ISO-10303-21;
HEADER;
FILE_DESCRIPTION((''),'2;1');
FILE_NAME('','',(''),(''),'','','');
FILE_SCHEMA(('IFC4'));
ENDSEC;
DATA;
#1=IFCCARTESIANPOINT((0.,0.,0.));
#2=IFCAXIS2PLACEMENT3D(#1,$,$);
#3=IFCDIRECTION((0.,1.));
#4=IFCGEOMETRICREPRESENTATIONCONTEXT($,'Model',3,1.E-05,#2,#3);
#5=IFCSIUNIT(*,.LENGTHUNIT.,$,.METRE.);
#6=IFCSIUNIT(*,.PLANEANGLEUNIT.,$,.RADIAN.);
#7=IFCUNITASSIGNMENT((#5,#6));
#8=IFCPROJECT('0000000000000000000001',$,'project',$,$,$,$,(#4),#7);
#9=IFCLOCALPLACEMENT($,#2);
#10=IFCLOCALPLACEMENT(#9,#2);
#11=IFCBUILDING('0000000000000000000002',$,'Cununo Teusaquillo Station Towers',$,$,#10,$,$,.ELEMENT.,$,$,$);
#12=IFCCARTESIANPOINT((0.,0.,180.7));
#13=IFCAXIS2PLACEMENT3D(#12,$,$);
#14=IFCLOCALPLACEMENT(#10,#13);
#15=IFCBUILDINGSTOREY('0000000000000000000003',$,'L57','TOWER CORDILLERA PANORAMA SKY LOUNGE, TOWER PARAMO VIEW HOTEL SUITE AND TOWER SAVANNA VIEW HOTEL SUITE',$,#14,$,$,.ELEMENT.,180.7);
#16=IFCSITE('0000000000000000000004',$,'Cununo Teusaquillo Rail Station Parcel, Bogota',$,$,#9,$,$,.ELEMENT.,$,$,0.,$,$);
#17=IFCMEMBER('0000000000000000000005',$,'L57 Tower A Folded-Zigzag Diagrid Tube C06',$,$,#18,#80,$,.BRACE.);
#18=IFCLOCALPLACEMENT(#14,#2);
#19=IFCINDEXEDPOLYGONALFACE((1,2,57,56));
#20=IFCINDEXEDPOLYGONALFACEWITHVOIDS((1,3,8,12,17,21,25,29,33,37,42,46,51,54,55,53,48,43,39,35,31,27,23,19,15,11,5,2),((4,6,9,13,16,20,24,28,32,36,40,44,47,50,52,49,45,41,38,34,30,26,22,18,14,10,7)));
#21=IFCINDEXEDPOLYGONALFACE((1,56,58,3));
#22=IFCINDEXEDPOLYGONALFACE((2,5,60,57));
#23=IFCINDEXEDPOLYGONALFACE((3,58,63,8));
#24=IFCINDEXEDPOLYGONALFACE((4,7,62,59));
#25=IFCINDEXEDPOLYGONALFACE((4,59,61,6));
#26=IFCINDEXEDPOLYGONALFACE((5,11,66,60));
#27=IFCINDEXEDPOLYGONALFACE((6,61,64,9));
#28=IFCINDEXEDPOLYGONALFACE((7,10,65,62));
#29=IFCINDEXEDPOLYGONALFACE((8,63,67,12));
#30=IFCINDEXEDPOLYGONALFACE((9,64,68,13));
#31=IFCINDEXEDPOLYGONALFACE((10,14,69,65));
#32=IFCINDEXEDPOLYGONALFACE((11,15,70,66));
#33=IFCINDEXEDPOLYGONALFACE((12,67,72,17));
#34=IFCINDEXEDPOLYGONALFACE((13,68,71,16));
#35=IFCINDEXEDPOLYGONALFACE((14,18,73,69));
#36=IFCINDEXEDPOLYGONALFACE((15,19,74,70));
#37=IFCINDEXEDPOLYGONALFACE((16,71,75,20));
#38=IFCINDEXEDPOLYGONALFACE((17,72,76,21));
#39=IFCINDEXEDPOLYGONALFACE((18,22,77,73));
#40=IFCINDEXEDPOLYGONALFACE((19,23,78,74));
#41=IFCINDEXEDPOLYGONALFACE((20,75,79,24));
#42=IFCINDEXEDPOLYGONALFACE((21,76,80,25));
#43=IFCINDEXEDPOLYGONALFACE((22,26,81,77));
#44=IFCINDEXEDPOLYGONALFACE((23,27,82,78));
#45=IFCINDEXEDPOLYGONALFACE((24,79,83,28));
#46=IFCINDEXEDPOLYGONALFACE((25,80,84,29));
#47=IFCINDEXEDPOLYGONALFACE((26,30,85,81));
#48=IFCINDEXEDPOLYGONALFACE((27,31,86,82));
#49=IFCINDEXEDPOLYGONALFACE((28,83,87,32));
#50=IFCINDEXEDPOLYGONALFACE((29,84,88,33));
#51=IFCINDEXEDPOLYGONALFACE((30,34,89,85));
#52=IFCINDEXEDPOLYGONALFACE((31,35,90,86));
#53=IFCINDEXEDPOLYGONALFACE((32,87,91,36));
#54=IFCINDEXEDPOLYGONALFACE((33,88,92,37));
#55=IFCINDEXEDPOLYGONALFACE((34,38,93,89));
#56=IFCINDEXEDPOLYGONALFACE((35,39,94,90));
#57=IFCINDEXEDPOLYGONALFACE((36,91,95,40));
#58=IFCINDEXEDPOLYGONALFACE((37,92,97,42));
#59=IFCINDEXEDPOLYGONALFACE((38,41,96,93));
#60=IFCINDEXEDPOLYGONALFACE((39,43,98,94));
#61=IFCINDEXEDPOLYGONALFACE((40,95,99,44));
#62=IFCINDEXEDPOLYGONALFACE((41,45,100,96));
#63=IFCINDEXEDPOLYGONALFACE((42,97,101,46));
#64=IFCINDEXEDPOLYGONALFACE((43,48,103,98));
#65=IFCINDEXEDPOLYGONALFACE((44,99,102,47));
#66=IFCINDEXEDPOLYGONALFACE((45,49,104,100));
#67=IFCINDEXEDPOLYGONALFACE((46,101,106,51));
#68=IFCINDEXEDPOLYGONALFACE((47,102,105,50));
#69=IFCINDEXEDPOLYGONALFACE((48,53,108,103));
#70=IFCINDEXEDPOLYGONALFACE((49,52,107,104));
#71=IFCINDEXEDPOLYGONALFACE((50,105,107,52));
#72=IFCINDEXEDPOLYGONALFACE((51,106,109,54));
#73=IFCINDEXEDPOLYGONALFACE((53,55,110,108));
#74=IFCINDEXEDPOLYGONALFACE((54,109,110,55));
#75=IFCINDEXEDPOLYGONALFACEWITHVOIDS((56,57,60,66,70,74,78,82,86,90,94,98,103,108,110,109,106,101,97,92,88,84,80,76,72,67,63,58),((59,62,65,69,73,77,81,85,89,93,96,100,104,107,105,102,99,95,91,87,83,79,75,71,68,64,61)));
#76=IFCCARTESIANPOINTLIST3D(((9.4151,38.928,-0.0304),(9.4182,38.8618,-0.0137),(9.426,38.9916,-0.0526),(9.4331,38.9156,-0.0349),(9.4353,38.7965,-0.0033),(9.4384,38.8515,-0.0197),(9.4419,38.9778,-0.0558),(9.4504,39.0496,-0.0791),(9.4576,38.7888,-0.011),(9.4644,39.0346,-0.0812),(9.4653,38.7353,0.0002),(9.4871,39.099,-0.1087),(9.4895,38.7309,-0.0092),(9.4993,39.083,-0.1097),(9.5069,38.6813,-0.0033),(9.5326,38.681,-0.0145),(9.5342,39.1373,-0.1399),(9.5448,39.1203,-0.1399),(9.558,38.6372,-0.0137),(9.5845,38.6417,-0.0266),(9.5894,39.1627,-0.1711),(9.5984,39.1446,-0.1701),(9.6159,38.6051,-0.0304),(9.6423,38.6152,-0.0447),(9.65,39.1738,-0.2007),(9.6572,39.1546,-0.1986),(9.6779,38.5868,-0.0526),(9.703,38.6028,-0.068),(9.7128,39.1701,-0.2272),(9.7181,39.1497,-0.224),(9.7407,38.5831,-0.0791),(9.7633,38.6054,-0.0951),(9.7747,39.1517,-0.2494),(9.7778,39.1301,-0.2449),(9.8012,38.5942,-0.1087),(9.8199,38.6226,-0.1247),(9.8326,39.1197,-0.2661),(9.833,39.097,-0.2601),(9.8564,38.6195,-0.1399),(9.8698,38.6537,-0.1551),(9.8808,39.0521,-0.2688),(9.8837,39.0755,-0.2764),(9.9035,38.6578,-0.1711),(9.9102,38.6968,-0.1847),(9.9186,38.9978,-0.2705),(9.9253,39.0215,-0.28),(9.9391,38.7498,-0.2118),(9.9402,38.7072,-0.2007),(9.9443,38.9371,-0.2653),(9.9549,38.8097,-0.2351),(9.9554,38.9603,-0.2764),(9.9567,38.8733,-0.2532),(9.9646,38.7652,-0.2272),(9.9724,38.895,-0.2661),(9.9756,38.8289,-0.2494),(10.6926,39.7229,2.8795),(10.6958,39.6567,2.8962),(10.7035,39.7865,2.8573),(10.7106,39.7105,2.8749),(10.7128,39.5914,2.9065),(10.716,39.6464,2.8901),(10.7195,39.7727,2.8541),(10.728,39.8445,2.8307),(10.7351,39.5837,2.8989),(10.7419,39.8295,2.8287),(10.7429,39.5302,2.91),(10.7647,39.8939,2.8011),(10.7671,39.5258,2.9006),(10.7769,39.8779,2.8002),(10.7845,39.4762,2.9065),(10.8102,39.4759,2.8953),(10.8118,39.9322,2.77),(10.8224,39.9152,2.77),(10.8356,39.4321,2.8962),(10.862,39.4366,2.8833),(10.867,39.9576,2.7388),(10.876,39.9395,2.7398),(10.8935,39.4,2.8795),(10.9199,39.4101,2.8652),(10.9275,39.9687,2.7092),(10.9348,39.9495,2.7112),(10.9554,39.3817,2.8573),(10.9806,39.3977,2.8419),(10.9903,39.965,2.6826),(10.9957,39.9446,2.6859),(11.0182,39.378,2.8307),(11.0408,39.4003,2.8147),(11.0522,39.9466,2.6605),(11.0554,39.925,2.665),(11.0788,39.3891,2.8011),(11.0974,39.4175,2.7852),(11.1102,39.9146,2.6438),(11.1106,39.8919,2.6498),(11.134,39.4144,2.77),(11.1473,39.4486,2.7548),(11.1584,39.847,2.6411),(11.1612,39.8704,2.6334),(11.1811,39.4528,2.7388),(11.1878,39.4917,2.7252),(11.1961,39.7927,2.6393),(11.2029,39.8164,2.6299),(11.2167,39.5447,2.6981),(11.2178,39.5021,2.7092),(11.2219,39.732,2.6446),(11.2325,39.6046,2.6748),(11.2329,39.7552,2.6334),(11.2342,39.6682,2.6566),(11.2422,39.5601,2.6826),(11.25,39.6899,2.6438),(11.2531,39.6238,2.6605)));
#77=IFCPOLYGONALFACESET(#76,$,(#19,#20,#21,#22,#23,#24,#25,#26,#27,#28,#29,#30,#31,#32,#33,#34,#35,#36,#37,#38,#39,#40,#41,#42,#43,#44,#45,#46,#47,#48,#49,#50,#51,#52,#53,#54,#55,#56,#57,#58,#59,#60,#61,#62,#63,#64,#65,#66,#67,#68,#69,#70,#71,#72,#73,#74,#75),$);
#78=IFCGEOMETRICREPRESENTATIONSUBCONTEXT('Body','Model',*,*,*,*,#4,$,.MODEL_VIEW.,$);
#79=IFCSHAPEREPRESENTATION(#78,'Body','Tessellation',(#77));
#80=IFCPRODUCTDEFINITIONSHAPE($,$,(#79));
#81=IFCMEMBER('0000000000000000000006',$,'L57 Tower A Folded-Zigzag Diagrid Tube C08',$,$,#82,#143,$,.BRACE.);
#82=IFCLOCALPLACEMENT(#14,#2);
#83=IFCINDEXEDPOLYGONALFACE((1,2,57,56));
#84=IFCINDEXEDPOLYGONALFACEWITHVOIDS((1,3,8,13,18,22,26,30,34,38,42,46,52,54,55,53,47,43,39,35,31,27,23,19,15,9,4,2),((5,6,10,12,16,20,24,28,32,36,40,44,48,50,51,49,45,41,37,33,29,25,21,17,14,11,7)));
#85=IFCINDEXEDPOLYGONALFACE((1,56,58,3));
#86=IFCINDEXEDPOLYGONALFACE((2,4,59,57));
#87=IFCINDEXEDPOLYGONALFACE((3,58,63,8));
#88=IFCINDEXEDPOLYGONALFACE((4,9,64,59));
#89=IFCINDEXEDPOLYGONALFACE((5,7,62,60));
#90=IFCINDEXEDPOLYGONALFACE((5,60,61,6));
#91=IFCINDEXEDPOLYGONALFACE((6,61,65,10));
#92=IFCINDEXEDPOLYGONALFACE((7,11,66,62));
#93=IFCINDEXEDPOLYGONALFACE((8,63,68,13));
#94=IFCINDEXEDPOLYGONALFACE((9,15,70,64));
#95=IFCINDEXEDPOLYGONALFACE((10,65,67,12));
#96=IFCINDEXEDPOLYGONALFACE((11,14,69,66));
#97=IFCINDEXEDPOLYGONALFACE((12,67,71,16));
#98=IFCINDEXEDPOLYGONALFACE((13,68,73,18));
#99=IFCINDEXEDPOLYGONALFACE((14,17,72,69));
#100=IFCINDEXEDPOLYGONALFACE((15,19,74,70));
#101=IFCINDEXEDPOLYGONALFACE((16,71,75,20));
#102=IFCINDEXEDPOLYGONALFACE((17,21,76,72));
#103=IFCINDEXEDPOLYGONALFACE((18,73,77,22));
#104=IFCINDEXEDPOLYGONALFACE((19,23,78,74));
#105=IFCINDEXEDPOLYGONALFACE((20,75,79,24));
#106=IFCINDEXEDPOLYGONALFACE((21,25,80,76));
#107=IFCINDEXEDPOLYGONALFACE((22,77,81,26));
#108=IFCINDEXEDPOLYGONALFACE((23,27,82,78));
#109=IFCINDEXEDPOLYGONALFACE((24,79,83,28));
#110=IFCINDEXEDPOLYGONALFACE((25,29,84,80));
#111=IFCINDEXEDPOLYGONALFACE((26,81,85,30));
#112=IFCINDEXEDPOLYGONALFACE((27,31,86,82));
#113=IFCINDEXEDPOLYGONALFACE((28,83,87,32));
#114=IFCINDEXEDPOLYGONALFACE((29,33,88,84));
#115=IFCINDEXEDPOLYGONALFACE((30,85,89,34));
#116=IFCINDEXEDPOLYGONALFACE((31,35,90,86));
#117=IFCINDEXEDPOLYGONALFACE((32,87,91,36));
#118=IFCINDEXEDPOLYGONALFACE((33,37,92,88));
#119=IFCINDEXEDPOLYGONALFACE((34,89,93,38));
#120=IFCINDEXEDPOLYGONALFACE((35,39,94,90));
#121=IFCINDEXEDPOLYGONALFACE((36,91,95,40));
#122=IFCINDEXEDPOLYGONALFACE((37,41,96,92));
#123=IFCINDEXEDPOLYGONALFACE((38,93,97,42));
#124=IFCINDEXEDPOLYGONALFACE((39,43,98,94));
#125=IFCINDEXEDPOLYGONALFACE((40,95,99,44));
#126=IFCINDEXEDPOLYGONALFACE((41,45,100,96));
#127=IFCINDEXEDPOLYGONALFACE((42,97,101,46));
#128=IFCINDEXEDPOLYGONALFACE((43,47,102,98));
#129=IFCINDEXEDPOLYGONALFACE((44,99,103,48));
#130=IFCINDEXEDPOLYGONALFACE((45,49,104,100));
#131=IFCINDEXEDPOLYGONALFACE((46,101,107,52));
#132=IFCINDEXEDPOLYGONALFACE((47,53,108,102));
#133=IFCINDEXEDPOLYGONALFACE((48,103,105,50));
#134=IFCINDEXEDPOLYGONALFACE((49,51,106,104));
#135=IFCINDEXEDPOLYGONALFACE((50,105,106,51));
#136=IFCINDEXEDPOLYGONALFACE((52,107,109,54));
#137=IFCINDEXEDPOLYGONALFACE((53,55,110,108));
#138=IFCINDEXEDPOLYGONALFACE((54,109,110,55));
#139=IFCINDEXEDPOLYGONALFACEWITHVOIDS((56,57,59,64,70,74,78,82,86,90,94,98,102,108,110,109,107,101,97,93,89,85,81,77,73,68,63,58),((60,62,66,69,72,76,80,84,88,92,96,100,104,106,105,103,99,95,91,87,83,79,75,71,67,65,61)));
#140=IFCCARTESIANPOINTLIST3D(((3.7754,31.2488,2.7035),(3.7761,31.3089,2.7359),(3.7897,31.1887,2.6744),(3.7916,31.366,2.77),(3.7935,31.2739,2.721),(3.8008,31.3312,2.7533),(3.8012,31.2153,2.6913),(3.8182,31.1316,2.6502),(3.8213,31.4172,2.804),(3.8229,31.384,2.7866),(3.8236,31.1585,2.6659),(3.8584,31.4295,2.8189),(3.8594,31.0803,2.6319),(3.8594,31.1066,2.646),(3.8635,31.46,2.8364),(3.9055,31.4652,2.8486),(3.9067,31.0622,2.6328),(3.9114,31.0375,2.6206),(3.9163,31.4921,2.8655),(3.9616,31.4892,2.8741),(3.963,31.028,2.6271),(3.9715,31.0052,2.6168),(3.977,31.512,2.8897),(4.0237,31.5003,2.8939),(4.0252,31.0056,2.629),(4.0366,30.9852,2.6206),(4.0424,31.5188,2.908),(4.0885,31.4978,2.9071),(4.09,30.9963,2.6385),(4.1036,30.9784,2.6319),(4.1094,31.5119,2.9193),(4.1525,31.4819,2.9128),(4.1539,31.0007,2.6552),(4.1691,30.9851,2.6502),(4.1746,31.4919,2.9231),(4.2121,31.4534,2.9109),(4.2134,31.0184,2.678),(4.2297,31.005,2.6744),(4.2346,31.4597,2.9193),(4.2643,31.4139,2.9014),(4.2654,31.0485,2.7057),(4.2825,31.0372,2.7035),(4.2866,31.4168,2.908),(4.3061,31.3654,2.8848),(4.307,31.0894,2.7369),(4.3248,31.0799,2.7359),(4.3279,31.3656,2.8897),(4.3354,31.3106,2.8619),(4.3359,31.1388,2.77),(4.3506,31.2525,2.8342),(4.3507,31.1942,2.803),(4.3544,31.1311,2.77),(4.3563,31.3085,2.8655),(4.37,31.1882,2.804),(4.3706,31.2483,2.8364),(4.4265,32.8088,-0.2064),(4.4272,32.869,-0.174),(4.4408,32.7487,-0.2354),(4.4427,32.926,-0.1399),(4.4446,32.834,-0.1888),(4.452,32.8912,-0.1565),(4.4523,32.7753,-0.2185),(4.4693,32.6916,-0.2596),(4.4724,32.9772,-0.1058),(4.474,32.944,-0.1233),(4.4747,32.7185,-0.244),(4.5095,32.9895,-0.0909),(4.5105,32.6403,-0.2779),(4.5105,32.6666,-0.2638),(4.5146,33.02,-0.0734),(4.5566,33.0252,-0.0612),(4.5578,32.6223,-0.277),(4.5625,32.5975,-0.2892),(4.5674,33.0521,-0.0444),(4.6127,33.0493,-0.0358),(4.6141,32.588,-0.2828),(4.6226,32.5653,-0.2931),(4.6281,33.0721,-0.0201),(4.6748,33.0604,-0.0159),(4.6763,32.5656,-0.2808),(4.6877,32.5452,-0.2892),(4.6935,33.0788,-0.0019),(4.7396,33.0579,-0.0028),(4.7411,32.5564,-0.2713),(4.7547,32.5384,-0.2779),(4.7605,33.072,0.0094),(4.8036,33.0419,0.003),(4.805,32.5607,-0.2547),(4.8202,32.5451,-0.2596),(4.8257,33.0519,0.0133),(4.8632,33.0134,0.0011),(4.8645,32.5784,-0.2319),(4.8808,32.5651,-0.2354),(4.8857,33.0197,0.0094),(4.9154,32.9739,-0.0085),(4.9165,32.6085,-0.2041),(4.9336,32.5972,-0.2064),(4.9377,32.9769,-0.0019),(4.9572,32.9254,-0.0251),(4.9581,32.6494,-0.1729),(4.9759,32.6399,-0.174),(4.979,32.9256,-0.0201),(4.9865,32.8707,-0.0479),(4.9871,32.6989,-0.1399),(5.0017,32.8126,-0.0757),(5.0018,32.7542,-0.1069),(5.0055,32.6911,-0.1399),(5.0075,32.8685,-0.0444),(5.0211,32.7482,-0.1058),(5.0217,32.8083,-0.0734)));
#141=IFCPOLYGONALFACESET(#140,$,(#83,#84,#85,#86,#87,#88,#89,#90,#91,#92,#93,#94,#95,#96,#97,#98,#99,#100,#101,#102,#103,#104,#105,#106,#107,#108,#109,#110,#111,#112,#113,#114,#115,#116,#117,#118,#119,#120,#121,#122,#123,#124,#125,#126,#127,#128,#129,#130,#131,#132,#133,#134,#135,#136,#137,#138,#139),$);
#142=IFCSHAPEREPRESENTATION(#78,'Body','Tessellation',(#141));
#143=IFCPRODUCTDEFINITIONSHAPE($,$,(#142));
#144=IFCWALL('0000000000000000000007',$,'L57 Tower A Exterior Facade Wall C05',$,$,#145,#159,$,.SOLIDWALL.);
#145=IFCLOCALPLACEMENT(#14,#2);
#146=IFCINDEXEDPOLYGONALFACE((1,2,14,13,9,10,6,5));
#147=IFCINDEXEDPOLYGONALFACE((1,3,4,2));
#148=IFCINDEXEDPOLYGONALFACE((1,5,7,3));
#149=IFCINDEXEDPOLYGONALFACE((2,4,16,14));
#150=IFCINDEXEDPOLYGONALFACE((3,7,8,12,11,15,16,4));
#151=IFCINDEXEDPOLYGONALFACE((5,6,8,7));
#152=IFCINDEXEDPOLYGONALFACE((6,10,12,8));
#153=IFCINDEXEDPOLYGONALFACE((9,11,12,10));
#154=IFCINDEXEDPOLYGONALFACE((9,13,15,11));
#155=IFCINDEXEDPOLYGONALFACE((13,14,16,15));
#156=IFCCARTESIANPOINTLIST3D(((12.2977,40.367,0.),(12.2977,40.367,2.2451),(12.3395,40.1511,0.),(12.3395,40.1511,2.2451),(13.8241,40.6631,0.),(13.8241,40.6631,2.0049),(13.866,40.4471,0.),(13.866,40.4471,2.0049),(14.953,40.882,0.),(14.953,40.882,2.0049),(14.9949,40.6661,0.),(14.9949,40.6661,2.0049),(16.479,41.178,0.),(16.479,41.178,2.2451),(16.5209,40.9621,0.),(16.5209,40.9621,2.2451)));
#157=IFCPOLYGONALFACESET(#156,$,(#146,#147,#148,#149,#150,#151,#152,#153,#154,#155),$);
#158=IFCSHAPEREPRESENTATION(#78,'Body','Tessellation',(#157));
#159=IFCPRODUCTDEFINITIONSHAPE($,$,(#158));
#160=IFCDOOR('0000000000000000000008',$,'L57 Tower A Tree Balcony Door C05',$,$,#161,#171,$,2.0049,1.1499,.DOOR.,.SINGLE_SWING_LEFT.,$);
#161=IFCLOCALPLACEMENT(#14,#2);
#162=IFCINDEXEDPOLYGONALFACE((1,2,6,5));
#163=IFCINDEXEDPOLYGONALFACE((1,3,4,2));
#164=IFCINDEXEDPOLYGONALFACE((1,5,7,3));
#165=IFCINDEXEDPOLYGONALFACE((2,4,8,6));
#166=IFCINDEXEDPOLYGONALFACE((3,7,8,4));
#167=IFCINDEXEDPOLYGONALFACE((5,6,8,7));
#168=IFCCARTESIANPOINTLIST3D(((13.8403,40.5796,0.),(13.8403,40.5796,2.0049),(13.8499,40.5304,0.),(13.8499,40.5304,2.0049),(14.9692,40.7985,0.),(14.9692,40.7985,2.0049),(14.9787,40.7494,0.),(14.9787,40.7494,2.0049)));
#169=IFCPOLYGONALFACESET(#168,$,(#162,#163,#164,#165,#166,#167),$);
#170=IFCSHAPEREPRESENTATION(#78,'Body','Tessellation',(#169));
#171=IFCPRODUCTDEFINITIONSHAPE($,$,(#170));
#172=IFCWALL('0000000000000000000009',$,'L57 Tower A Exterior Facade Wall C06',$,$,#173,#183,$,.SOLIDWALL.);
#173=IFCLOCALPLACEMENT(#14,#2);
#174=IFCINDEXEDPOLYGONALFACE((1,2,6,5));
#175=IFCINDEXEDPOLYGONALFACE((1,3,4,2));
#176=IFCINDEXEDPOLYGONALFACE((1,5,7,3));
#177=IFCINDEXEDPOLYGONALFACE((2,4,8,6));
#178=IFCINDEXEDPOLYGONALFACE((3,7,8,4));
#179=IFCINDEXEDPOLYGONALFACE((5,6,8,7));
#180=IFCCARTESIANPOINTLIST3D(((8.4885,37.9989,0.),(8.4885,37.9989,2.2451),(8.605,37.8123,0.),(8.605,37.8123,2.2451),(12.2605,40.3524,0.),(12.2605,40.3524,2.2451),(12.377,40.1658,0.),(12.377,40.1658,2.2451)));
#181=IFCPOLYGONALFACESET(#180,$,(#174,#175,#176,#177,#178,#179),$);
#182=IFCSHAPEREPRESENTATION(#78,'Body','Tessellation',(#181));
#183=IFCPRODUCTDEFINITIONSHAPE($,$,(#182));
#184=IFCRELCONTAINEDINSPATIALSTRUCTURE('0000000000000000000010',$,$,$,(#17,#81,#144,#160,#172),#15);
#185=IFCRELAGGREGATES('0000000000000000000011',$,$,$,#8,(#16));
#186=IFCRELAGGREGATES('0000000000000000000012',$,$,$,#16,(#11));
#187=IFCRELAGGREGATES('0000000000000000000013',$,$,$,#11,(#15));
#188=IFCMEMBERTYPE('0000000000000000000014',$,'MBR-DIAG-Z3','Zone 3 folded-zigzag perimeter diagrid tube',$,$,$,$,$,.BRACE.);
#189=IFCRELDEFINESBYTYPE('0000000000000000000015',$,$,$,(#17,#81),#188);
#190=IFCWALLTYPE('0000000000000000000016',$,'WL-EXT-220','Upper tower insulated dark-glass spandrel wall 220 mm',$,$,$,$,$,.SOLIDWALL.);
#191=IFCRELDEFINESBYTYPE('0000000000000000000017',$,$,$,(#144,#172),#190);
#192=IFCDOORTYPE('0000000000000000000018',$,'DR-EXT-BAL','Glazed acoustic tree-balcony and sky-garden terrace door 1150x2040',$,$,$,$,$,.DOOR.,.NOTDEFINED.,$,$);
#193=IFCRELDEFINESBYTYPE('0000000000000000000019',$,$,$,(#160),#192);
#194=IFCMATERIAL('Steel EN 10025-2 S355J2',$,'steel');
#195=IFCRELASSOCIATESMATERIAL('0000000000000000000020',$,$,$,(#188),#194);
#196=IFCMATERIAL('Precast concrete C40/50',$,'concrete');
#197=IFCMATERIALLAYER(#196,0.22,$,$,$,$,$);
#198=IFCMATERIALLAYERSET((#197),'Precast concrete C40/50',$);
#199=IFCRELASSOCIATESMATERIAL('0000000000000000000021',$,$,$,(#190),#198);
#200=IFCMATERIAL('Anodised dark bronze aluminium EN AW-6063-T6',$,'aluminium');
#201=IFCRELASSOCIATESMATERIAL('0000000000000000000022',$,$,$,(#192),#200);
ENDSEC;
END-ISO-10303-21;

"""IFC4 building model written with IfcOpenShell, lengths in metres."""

from ifc_helpers import new_model, si_unit, direction, frame, frame_2d, origin, origin_2d, place, context, subcontext, project, spatial, rectangle, hollow_circle, extrude, source, transform, mapped, material, layer, layer_set, material_profile, profile_set, type_object, element, fill, save


model = new_model("IFC4")

# Units and contexts
model_context = context("Model", 3, precision=1e-05, world=origin(), true_north=direction((0.0, 1.0)))
body_context = subcontext(model_context, "Body", "Model", "MODEL_VIEW")
ifc_project = project(units=[si_unit("LENGTHUNIT", "METRE"), si_unit("PLANEANGLEUNIT", "RADIAN")], contexts=[model_context])

# Site, building, storey
site_placement = place(None, origin())
site = spatial("IfcSite", under=ifc_project, at=site_placement, Name="Cununo Teusaquillo Rail Station Parcel, Bogota", CompositionType="ELEMENT", RefElevation=0.0)
building_placement = place(site_placement, origin())
building = spatial("IfcBuilding", under=site, at=building_placement, Name="Cununo Teusaquillo Station Towers", CompositionType="ELEMENT")
storey_placement = place(building_placement, frame((0.0, 0.0, 180.7)))
storey = spatial("IfcBuildingStorey", under=building, at=storey_placement, Name="L57", Description="TOWER CORDILLERA PANORAMA SKY LOUNGE, TOWER PARAMO VIEW HOTEL SUITE AND TOWER SAVANNA VIEW HOTEL SUITE", CompositionType="ELEMENT", Elevation=180.7)

# Members
ifc_material_1 = material(Name="Steel EN 10025-2 S355J2", Category="steel")
ifc_material_profile_1 = material_profile(ifc_material_1, hollow_circle(Radius=0.3049, WallThickness=0.02, at=origin_2d()), Name="CHS 610x20")
ifc_profile_set_1 = profile_set([ifc_material_profile_1], Name="Steel EN 10025-2 S355J2")
member_type = type_object("IfcMemberType", Name="MBR-DIAG-Z3", Description="Zone 3 folded-zigzag perimeter diagrid tube", PredefinedType="BRACE", material=ifc_profile_set_1)
member_1_placement = place(storey_placement, frame((9.6953, 38.8784, -0.1399), z_axis=(0.389992, 0.242655, 0.88827), x_axis=(-0.528291, 0.849063, 0.0)))
element("IfcMember", 1, at=member_1_placement, inside=storey, type_object=member_type, Name="L57 Tower A Folded-Zigzag Diagrid Tube C06", PredefinedType="BRACE", context=body_context, shape_type="SweptSolid", body=[
    extrude(hollow_circle(Radius=0.3049, WallThickness=0.02, at=origin_2d()), origin(), (0.0, 0.0, 1.0), 3.2759),
])
member_2_placement = place(storey_placement, frame((4.7241, 32.8086, -0.1399), z_axis=(-0.193481, -0.46357, 0.864678), x_axis=(0.922846, -0.385169, 0.0)))
element("IfcMember", 2, at=member_2_placement, inside=storey, type_object=member_type, Name="L57 Tower A Folded-Zigzag Diagrid Tube C08", PredefinedType="BRACE", context=body_context, shape_type="SweptSolid", body=[
    extrude(hollow_circle(Radius=0.3049, WallThickness=0.02, at=origin_2d()), origin(), (0.0, 0.0, 1.0), 3.3652),
])

# Wall, opening, door
ifc_material_2 = material(Name="Precast concrete C40/50", Category="concrete")
ifc_layer_1 = layer(ifc_material_2, 0.22)
ifc_layer_set_1 = layer_set([ifc_layer_1], Name="Precast concrete C40/50")
wall_type_1 = type_object("IfcWallType", Name="WL-EXT-220", Description="Upper tower insulated dark-glass spandrel wall 220 mm", PredefinedType="SOLIDWALL", material=ifc_layer_set_1)
wall_1_placement = place(storey_placement, frame((12.3186, 40.259, 0.0), z_axis=(0.0, 0.0, 1.0), x_axis=(0.981704, 0.190414, 0.0)))
wall_1 = element("IfcWall", 3, at=wall_1_placement, inside=storey, type_object=wall_type_1, Name="L57 Tower A Exterior Facade Wall C05", PredefinedType="SOLIDWALL", context=body_context, shape_type="SweptSolid", body=[
    extrude(rectangle(XDim=4.2593, YDim=0.22, at=frame_2d((2.1296, 0.0))), origin(), (0.0, 0.0, 1.0), 2.2451),
])
shared_shape_1 = source(origin(), body_context, "Body", "SweptSolid", [
    extrude(rectangle(XDim=1.1499, YDim=2.0049, at=frame_2d((0.575, 1.0024))), frame((0.0, 0.1199, 0.0), z_axis=(0.0, -1.0, 0.0), x_axis=(1.0, 0.0, 0.0)), (0.0, 0.0, 1.0), 0.24),
])
opening_1_placement = place(wall_1_placement, frame((1.5549, 0.0, 0.0)))
opening_1 = element("IfcOpeningElement", 4, at=opening_1_placement, cuts=wall_1, PredefinedType="OPENING", context=body_context, shape_type="MappedRepresentation", body=[
    mapped(shared_shape_1, transform((0.0, 0.0, 0.0), x_axis=(1.0, 0.0, 0.0), y_axis=(0.0, 1.0, 0.0), z_axis=(0.0, 0.0, 1.0), scale=1.0)),
])
ifc_material_3 = material(Name="Anodised dark bronze aluminium EN AW-6063-T6", Category="aluminium")
door_type_1 = type_object("IfcDoorType", Name="DR-EXT-BAL", Description="Glazed acoustic tree-balcony and sky-garden terrace door 1150x2040", OperationType="NOTDEFINED", PredefinedType="DOOR", material=ifc_material_3)
shared_shape_2 = source(origin(), body_context, "Body", "SweptSolid", [
    extrude(rectangle(XDim=1.1499, YDim=2.0049, at=frame_2d((0.575, 1.0024))), frame((0.0, 0.0249, 0.0), z_axis=(0.0, -1.0, 0.0), x_axis=(1.0, 0.0, 0.0)), (0.0, 0.0, 1.0), 0.05),
])
door_1_placement = place(opening_1_placement, origin())
door_1 = element("IfcDoor", 5, at=door_1_placement, inside=storey, type_object=door_type_1, Name="L57 Tower A Tree Balcony Door C05", OperationType="SINGLE_SWING_LEFT", OverallHeight=2.0049, OverallWidth=1.1499, PredefinedType="DOOR", context=body_context, shape_type="MappedRepresentation", body=[
    mapped(shared_shape_2, transform((0.0, 0.0, 0.0), x_axis=(1.0, 0.0, 0.0), y_axis=(0.0, 1.0, 0.0), z_axis=(0.0, 0.0, 1.0), scale=1.0)),
])
fill(opening_1, door_1)

# Wall
wall_2_placement = place(storey_placement, frame((8.5466, 37.9055, 0.0), z_axis=(0.0, 0.0, 1.0), x_axis=(0.848399, 0.529357, 0.0)))
element("IfcWall", 6, at=wall_2_placement, inside=storey, type_object=wall_type_1, Name="L57 Tower A Exterior Facade Wall C06", PredefinedType="SOLIDWALL", context=body_context, shape_type="SweptSolid", body=[
    extrude(rectangle(XDim=4.446, YDim=0.22, at=frame_2d((2.2231, 0.0))), origin(), (0.0, 0.0, 1.0), 2.2451),
])

save(model, "model.ifc")
